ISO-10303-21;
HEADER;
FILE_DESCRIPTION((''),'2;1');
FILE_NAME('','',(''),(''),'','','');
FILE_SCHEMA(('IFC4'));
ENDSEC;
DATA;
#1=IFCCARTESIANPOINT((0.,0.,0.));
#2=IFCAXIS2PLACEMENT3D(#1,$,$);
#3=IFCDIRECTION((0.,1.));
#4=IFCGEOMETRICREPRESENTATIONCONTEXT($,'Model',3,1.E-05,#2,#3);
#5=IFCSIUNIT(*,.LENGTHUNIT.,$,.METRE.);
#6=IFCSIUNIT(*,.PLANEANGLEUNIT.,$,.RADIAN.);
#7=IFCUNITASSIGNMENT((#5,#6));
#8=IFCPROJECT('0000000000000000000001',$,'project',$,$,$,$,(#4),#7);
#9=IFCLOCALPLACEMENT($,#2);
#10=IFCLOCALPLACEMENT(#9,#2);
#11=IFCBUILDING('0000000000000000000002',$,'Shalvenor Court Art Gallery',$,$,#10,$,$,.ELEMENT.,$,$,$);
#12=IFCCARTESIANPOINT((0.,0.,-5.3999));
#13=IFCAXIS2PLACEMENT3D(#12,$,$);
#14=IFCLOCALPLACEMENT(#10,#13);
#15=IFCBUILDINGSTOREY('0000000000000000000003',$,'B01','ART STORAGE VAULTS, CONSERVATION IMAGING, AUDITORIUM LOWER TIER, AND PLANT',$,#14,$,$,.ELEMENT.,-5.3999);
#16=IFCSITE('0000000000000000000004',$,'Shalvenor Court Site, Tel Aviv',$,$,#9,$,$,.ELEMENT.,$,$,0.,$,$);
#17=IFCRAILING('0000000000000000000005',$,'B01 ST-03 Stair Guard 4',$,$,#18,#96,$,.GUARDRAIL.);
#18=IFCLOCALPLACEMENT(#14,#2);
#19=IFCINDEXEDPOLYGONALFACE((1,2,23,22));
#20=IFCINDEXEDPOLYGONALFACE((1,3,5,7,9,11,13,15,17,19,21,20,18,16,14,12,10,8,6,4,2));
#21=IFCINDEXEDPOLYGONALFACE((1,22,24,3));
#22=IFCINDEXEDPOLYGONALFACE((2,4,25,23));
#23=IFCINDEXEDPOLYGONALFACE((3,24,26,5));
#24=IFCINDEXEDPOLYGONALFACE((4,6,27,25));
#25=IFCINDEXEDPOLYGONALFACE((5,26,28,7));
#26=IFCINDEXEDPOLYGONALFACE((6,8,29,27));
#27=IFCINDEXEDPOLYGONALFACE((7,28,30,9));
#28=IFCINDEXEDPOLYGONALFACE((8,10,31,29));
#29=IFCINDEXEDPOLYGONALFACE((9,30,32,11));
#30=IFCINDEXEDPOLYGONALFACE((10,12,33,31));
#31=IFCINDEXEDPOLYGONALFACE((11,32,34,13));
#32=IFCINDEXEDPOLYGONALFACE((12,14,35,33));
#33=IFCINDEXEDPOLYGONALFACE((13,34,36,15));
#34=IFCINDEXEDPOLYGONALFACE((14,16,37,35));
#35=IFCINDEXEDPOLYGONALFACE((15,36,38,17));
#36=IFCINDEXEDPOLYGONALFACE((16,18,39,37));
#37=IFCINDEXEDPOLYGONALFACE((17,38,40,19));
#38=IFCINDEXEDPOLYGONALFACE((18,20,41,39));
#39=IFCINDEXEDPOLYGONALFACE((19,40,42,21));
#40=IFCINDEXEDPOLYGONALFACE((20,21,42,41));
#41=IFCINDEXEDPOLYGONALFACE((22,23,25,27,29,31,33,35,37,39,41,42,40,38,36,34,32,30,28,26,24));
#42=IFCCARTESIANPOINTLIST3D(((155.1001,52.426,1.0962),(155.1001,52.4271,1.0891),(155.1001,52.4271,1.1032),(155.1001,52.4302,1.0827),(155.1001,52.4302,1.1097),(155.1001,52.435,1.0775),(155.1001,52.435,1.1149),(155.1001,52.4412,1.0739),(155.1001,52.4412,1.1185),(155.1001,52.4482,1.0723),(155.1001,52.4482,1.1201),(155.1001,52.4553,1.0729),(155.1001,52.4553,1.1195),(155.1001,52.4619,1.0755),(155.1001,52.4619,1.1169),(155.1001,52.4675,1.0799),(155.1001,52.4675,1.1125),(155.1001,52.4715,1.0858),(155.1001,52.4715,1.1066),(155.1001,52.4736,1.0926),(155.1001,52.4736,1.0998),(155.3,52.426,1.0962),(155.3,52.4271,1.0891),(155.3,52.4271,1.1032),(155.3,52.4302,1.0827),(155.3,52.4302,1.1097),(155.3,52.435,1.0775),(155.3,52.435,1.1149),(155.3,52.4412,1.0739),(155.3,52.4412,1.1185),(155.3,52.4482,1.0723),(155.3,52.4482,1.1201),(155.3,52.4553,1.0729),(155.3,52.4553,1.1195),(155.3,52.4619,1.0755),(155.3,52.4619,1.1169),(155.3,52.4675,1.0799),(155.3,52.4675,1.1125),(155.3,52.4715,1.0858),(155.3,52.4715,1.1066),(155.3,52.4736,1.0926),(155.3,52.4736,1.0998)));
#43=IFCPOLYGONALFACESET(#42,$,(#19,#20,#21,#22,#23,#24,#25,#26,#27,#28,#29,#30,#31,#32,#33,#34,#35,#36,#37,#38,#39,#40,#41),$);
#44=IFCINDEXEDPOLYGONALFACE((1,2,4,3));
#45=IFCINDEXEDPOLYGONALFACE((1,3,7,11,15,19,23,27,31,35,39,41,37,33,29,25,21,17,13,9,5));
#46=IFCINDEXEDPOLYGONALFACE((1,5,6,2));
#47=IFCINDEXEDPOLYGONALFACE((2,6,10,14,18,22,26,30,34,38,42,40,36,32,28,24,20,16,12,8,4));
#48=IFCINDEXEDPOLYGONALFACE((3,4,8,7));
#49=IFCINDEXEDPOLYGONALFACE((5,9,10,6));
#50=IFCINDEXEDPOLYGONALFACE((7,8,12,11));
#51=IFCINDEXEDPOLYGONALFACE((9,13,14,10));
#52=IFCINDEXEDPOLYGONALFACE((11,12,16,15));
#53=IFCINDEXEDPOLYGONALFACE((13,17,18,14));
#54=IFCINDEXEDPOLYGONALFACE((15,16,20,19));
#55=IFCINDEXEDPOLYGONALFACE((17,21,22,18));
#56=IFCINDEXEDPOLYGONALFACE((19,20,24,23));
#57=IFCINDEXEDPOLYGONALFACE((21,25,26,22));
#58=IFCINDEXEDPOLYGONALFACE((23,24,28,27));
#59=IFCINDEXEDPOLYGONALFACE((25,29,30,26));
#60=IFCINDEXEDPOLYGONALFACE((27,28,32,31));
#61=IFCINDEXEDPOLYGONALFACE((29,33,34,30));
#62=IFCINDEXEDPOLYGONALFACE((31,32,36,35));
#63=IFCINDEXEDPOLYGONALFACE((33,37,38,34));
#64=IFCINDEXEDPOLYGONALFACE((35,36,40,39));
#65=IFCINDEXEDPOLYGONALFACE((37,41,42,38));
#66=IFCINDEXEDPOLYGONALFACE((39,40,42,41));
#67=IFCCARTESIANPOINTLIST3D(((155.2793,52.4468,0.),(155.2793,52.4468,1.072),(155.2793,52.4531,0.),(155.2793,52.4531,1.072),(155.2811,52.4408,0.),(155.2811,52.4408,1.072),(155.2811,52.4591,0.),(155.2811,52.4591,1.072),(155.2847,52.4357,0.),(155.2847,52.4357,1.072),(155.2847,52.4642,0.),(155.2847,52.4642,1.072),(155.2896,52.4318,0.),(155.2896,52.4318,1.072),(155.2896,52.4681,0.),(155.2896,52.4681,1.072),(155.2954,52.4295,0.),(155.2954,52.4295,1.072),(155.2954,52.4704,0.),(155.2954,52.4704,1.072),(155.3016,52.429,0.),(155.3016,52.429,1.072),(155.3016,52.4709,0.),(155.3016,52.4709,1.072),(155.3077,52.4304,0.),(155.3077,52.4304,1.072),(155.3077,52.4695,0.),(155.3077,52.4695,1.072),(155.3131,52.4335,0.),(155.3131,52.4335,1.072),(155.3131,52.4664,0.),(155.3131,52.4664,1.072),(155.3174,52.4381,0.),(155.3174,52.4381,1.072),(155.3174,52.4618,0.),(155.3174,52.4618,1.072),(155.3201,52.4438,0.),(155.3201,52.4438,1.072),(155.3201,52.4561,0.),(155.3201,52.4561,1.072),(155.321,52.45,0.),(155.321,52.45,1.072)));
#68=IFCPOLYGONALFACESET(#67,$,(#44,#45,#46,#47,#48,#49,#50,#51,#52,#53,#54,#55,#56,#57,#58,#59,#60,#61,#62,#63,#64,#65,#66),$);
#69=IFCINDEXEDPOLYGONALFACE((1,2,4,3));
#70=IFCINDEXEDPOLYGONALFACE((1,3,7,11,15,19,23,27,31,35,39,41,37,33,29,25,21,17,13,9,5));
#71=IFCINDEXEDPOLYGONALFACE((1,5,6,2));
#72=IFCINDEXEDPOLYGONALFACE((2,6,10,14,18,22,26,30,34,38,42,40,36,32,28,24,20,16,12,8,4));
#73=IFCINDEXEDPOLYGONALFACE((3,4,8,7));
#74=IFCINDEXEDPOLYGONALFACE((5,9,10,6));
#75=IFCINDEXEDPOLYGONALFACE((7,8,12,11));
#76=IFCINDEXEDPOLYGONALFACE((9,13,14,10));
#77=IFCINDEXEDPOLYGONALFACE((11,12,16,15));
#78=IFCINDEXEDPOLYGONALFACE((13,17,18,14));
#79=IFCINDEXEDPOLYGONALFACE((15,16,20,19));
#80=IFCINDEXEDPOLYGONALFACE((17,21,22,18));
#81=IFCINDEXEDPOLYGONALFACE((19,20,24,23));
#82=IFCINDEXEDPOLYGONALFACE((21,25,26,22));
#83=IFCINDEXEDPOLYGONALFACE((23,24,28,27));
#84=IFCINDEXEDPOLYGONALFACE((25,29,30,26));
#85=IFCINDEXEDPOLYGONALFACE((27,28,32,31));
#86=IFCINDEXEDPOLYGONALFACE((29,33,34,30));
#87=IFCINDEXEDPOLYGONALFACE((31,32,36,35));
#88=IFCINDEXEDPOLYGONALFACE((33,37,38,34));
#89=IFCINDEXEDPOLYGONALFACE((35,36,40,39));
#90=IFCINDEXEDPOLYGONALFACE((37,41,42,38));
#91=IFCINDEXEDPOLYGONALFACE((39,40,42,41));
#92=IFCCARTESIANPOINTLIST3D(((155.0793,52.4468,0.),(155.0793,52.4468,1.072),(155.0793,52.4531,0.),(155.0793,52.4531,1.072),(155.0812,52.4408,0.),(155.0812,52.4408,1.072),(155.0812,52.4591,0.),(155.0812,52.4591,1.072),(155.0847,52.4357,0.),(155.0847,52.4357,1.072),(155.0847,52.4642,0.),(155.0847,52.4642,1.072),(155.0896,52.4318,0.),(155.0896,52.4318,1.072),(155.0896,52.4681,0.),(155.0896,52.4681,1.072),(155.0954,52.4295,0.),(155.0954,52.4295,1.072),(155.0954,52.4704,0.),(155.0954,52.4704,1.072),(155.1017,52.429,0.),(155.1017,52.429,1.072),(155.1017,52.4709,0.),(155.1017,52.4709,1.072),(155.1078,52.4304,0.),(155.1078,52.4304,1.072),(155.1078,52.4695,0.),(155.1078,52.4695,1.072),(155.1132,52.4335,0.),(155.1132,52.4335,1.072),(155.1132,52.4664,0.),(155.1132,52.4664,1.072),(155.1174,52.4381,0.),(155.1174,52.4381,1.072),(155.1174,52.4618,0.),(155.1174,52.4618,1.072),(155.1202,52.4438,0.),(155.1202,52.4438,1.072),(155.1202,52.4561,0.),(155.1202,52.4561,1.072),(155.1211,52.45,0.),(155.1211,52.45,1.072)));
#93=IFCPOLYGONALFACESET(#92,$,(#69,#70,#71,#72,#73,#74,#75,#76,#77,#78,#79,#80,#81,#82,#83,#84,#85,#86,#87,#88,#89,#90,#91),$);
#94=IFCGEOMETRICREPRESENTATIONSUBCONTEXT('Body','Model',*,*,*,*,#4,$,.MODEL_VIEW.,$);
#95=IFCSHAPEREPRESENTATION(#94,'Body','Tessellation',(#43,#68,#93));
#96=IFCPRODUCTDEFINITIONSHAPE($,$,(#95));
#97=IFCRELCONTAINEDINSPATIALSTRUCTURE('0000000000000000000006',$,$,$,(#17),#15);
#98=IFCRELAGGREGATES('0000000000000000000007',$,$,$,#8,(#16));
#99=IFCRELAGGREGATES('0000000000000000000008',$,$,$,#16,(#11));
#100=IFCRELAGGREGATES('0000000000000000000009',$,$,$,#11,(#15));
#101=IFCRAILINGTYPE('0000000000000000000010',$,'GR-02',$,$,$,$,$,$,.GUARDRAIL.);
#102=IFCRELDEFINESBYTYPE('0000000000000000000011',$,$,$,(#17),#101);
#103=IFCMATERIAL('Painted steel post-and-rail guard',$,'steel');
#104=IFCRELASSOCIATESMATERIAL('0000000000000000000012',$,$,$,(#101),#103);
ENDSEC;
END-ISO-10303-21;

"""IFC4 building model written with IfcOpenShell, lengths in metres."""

from ifc_helpers import new_model, si_unit, direction, frame, origin, origin_2d, place, context, subcontext, project, spatial, circle, extrude, material, type_object, element, save


model = new_model("IFC4")

# Units and contexts
model_context = context("Model", 3, precision=1e-05, world=origin(), true_north=direction((0.0, 1.0)))
body_context = subcontext(model_context, "Body", "Model", "MODEL_VIEW")
ifc_project = project(units=[si_unit("LENGTHUNIT", "METRE"), si_unit("PLANEANGLEUNIT", "RADIAN")], contexts=[model_context])

# Site, building, storey
site_placement = place(None, origin())
site = spatial("IfcSite", under=ifc_project, at=site_placement, Name="Shalvenor Court Site, Tel Aviv", CompositionType="ELEMENT", RefElevation=0.0)
building_placement = place(site_placement, origin())
building = spatial("IfcBuilding", under=site, at=building_placement, Name="Shalvenor Court Art Gallery", CompositionType="ELEMENT")
storey_placement = place(building_placement, frame((0.0, 0.0, -5.3999)))
storey = spatial("IfcBuildingStorey", under=building, at=storey_placement, Name="B01", Description="ART STORAGE VAULTS, CONSERVATION IMAGING, AUDITORIUM LOWER TIER, AND PLANT", CompositionType="ELEMENT", Elevation=-5.3999)

# Railing
ifc_material_1 = material(Name="Painted steel post-and-rail guard", Category="steel")
railing_type_1 = type_object("IfcRailingType", Name="GR-02", PredefinedType="GUARDRAIL", material=ifc_material_1)
railing_1_placement = place(storey_placement, frame((155.3, 52.45, 0.0)))
element("IfcRailing", 1, at=railing_1_placement, inside=storey, type_object=railing_type_1, Name="B01 ST-03 Stair Guard 4", PredefinedType="GUARDRAIL", context=body_context, shape_type="SweptSolid", body=[
    extrude(circle(Radius=0.0239, at=origin_2d()), frame((0.0, 0.0, 1.0962), z_axis=(-1.0, 0.0, 0.0), x_axis=(0.0, -1.0, 0.0)), (0.0, 0.0, 1.0), 0.2),
    extrude(circle(Radius=0.021, at=origin_2d()), origin(), (0.0, 0.0, 1.0), 1.072),
    extrude(circle(Radius=0.021, at=origin_2d()), frame((-0.2, 0.0, 0.0)), (0.0, 0.0, 1.0), 1.072),
])

save(model, "model.ifc")
